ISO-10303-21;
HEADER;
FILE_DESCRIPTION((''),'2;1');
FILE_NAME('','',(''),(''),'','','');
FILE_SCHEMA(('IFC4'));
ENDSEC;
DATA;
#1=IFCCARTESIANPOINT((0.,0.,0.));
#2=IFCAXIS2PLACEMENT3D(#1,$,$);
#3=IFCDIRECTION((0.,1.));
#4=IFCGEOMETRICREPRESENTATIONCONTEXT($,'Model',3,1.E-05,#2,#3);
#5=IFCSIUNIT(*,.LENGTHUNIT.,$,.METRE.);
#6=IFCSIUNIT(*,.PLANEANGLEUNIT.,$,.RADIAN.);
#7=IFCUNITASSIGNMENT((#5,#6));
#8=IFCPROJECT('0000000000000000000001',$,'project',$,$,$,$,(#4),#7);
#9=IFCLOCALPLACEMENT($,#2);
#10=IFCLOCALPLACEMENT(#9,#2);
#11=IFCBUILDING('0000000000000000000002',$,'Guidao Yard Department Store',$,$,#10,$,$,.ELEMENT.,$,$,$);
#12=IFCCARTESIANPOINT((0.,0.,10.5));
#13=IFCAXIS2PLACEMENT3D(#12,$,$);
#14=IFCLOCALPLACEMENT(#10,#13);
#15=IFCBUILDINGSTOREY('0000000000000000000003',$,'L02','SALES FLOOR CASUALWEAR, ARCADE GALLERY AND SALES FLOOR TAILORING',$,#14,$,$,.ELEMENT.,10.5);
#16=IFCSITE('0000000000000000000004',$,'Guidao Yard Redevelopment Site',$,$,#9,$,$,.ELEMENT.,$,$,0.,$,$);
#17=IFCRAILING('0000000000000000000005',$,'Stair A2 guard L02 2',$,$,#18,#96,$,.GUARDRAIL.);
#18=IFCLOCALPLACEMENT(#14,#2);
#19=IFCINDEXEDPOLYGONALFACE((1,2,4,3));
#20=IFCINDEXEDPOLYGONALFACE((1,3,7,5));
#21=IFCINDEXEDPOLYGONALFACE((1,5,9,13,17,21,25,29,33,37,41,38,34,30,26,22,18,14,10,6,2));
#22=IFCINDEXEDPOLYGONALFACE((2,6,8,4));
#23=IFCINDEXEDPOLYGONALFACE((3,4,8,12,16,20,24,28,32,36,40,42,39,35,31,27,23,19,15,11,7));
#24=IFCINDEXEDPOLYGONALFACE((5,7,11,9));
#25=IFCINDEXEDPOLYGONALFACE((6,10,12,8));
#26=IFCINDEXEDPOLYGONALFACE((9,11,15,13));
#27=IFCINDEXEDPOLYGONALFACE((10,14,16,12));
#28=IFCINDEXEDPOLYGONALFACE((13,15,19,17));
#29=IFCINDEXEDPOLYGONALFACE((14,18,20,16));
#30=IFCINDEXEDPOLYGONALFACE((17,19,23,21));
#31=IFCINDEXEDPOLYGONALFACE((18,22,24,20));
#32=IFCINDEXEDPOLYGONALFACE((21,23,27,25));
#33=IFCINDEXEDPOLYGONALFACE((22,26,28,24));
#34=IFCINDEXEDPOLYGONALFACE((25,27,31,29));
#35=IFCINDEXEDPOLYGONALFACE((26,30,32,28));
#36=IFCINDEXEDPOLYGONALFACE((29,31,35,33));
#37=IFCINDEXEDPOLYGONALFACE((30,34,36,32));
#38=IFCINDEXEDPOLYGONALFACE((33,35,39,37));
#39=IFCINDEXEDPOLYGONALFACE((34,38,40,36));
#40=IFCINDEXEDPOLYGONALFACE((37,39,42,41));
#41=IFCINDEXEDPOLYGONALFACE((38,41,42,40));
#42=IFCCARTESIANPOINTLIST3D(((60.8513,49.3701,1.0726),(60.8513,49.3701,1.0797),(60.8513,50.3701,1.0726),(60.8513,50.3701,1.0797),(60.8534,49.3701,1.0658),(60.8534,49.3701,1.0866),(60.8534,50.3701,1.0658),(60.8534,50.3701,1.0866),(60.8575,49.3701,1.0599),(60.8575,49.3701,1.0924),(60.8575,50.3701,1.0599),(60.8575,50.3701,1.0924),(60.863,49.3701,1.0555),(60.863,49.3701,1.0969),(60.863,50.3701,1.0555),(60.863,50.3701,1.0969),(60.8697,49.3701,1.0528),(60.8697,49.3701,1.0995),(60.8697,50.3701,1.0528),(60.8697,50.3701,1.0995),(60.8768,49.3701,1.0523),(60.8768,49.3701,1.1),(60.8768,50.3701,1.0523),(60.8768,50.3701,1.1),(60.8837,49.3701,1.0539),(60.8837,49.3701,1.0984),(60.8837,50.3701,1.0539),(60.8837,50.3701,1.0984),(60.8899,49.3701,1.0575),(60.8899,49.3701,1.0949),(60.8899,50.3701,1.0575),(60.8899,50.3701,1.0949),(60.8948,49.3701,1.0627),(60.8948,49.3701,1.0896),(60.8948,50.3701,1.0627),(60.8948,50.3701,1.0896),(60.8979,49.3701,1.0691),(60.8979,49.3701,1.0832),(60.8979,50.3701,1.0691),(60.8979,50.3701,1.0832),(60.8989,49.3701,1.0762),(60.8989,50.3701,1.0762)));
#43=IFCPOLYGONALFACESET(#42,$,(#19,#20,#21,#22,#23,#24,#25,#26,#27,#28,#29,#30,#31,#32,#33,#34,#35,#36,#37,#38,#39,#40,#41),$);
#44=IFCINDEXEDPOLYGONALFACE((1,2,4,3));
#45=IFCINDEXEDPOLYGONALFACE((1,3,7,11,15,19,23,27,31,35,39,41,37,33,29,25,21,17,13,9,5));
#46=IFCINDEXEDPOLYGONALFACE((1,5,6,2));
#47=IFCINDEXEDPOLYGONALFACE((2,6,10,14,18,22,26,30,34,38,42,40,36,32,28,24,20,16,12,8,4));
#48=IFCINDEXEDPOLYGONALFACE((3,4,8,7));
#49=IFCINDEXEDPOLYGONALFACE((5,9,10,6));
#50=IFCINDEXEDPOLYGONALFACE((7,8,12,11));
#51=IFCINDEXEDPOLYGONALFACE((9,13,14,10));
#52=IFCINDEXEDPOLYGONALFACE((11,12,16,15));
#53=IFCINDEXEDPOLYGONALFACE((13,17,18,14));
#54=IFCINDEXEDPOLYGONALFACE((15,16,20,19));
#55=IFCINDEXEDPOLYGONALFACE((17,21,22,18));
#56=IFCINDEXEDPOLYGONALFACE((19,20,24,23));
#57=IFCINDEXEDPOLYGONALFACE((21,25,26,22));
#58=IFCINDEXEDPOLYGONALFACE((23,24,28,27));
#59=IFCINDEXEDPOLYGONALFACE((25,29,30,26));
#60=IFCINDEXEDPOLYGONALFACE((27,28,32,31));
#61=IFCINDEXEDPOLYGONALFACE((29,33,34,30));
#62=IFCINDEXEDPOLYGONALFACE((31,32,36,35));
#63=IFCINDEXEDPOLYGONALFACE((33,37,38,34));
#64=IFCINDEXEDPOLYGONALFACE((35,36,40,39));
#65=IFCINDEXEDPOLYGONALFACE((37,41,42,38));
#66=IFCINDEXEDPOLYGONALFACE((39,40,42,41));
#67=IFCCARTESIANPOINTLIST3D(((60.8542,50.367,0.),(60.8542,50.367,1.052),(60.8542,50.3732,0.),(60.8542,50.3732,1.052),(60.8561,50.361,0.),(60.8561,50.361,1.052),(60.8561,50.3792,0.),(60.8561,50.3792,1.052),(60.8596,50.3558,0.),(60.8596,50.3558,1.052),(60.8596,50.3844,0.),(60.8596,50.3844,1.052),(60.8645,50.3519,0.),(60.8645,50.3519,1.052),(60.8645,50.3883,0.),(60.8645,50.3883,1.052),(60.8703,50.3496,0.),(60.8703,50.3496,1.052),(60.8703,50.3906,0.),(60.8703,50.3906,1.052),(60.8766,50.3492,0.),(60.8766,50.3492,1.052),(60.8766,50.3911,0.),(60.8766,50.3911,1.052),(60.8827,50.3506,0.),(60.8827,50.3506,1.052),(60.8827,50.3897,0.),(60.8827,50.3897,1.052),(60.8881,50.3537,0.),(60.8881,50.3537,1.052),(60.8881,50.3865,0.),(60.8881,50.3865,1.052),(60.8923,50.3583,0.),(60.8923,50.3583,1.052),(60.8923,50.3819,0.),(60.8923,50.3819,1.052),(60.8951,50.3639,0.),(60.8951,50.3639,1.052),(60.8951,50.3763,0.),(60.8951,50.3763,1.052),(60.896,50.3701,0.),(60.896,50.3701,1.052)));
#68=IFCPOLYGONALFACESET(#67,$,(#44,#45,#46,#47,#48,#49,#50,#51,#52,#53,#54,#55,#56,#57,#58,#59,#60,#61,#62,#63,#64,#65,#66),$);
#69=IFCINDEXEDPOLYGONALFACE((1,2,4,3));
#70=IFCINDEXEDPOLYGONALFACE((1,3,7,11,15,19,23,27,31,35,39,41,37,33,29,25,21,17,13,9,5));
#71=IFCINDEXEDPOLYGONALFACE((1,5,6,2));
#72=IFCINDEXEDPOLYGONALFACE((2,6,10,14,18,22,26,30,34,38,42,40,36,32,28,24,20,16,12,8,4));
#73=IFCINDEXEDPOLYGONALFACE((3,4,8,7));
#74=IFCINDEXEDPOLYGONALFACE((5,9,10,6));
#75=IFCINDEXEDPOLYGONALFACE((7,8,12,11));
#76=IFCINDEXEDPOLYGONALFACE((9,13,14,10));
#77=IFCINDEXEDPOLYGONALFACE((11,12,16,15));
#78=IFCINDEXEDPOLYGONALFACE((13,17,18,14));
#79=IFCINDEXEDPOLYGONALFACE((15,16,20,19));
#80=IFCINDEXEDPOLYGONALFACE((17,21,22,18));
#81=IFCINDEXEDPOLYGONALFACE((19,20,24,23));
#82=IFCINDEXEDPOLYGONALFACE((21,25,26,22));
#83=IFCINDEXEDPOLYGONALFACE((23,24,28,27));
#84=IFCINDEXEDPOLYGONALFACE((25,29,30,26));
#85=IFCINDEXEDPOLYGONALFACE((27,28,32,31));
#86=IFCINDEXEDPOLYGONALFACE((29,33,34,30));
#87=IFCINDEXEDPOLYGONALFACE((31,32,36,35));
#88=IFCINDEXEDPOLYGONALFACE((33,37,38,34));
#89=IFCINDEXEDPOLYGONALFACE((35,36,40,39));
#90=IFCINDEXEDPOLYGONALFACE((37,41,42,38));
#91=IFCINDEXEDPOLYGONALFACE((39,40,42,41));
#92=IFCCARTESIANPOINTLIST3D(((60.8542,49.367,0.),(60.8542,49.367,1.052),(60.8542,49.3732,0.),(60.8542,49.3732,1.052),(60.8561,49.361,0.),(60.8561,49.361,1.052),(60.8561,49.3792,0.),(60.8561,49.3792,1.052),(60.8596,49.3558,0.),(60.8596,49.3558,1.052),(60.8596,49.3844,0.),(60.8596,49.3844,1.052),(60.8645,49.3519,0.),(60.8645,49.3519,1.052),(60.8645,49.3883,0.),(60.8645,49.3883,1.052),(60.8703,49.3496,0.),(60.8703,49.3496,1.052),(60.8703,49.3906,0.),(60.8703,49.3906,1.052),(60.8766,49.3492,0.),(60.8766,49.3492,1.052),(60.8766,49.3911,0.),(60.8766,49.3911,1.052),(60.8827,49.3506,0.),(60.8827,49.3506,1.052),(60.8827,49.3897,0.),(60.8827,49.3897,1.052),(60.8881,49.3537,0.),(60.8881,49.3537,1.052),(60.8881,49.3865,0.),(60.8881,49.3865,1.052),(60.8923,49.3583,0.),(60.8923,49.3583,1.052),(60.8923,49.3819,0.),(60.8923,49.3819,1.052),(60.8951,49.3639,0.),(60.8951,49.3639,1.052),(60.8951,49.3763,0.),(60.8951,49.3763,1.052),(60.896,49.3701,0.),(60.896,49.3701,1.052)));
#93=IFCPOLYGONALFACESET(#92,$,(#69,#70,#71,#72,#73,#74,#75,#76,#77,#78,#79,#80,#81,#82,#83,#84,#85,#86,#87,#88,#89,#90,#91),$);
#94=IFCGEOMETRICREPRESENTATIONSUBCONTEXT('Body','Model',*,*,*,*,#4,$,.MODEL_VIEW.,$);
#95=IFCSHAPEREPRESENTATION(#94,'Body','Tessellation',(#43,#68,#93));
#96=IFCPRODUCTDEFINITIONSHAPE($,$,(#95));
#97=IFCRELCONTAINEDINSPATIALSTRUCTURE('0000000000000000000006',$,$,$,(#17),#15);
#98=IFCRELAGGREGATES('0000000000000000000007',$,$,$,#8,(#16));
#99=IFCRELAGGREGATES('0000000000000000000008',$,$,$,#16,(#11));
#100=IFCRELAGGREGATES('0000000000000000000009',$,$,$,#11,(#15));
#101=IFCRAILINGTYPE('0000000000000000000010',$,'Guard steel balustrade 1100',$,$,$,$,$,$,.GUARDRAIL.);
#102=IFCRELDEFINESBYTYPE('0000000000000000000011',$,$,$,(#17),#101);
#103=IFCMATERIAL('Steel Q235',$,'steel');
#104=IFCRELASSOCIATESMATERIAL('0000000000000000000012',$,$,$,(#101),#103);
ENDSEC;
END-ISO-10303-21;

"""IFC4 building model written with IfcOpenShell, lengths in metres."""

from ifc_helpers import new_model, si_unit, direction, frame, origin, origin_2d, place, context, subcontext, project, spatial, circle, extrude, material, type_object, element, save


model = new_model("IFC4")

# Units and contexts
model_context = context("Model", 3, precision=1e-05, world=origin(), true_north=direction((0.0, 1.0)))
body_context = subcontext(model_context, "Body", "Model", "MODEL_VIEW")
ifc_project = project(units=[si_unit("LENGTHUNIT", "METRE"), si_unit("PLANEANGLEUNIT", "RADIAN")], contexts=[model_context])

# Site, building, storey
site_placement = place(None, origin())
site = spatial("IfcSite", under=ifc_project, at=site_placement, Name="Guidao Yard Redevelopment Site", CompositionType="ELEMENT", RefElevation=0.0)
building_placement = place(site_placement, origin())
building = spatial("IfcBuilding", under=site, at=building_placement, Name="Guidao Yard Department Store", CompositionType="ELEMENT")
storey_placement = place(building_placement, frame((0.0, 0.0, 10.5)))
storey = spatial("IfcBuildingStorey", under=building, at=storey_placement, Name="L02", Description="SALES FLOOR CASUALWEAR, ARCADE GALLERY AND SALES FLOOR TAILORING", CompositionType="ELEMENT", Elevation=10.5)

# Railing
ifc_material_1 = material(Name="Steel Q235", Category="steel")
railing_type_1 = type_object("IfcRailingType", Name="Guard steel balustrade 1100", PredefinedType="GUARDRAIL", material=ifc_material_1)
railing_placement = place(storey_placement, frame((60.875, 50.3701, 0.0)))
element("IfcRailing", 1, at=railing_placement, inside=storey, type_object=railing_type_1, Name="Stair A2 guard L02 2", PredefinedType="GUARDRAIL", context=body_context, shape_type="SweptSolid", body=[
    extrude(circle(Radius=0.0239, at=origin_2d()), frame((0.0, 0.0, 1.0762), z_axis=(0.0, -1.0, 0.0), x_axis=(1.0, 0.0, 0.0)), (0.0, 0.0, 1.0), 1.0),
    extrude(circle(Radius=0.021, at=origin_2d()), origin(), (0.0, 0.0, 1.0), 1.052),
    extrude(circle(Radius=0.021, at=origin_2d()), frame((0.0, -1.0, 0.0)), (0.0, 0.0, 1.0), 1.052),
])

save(model, "model.ifc")
